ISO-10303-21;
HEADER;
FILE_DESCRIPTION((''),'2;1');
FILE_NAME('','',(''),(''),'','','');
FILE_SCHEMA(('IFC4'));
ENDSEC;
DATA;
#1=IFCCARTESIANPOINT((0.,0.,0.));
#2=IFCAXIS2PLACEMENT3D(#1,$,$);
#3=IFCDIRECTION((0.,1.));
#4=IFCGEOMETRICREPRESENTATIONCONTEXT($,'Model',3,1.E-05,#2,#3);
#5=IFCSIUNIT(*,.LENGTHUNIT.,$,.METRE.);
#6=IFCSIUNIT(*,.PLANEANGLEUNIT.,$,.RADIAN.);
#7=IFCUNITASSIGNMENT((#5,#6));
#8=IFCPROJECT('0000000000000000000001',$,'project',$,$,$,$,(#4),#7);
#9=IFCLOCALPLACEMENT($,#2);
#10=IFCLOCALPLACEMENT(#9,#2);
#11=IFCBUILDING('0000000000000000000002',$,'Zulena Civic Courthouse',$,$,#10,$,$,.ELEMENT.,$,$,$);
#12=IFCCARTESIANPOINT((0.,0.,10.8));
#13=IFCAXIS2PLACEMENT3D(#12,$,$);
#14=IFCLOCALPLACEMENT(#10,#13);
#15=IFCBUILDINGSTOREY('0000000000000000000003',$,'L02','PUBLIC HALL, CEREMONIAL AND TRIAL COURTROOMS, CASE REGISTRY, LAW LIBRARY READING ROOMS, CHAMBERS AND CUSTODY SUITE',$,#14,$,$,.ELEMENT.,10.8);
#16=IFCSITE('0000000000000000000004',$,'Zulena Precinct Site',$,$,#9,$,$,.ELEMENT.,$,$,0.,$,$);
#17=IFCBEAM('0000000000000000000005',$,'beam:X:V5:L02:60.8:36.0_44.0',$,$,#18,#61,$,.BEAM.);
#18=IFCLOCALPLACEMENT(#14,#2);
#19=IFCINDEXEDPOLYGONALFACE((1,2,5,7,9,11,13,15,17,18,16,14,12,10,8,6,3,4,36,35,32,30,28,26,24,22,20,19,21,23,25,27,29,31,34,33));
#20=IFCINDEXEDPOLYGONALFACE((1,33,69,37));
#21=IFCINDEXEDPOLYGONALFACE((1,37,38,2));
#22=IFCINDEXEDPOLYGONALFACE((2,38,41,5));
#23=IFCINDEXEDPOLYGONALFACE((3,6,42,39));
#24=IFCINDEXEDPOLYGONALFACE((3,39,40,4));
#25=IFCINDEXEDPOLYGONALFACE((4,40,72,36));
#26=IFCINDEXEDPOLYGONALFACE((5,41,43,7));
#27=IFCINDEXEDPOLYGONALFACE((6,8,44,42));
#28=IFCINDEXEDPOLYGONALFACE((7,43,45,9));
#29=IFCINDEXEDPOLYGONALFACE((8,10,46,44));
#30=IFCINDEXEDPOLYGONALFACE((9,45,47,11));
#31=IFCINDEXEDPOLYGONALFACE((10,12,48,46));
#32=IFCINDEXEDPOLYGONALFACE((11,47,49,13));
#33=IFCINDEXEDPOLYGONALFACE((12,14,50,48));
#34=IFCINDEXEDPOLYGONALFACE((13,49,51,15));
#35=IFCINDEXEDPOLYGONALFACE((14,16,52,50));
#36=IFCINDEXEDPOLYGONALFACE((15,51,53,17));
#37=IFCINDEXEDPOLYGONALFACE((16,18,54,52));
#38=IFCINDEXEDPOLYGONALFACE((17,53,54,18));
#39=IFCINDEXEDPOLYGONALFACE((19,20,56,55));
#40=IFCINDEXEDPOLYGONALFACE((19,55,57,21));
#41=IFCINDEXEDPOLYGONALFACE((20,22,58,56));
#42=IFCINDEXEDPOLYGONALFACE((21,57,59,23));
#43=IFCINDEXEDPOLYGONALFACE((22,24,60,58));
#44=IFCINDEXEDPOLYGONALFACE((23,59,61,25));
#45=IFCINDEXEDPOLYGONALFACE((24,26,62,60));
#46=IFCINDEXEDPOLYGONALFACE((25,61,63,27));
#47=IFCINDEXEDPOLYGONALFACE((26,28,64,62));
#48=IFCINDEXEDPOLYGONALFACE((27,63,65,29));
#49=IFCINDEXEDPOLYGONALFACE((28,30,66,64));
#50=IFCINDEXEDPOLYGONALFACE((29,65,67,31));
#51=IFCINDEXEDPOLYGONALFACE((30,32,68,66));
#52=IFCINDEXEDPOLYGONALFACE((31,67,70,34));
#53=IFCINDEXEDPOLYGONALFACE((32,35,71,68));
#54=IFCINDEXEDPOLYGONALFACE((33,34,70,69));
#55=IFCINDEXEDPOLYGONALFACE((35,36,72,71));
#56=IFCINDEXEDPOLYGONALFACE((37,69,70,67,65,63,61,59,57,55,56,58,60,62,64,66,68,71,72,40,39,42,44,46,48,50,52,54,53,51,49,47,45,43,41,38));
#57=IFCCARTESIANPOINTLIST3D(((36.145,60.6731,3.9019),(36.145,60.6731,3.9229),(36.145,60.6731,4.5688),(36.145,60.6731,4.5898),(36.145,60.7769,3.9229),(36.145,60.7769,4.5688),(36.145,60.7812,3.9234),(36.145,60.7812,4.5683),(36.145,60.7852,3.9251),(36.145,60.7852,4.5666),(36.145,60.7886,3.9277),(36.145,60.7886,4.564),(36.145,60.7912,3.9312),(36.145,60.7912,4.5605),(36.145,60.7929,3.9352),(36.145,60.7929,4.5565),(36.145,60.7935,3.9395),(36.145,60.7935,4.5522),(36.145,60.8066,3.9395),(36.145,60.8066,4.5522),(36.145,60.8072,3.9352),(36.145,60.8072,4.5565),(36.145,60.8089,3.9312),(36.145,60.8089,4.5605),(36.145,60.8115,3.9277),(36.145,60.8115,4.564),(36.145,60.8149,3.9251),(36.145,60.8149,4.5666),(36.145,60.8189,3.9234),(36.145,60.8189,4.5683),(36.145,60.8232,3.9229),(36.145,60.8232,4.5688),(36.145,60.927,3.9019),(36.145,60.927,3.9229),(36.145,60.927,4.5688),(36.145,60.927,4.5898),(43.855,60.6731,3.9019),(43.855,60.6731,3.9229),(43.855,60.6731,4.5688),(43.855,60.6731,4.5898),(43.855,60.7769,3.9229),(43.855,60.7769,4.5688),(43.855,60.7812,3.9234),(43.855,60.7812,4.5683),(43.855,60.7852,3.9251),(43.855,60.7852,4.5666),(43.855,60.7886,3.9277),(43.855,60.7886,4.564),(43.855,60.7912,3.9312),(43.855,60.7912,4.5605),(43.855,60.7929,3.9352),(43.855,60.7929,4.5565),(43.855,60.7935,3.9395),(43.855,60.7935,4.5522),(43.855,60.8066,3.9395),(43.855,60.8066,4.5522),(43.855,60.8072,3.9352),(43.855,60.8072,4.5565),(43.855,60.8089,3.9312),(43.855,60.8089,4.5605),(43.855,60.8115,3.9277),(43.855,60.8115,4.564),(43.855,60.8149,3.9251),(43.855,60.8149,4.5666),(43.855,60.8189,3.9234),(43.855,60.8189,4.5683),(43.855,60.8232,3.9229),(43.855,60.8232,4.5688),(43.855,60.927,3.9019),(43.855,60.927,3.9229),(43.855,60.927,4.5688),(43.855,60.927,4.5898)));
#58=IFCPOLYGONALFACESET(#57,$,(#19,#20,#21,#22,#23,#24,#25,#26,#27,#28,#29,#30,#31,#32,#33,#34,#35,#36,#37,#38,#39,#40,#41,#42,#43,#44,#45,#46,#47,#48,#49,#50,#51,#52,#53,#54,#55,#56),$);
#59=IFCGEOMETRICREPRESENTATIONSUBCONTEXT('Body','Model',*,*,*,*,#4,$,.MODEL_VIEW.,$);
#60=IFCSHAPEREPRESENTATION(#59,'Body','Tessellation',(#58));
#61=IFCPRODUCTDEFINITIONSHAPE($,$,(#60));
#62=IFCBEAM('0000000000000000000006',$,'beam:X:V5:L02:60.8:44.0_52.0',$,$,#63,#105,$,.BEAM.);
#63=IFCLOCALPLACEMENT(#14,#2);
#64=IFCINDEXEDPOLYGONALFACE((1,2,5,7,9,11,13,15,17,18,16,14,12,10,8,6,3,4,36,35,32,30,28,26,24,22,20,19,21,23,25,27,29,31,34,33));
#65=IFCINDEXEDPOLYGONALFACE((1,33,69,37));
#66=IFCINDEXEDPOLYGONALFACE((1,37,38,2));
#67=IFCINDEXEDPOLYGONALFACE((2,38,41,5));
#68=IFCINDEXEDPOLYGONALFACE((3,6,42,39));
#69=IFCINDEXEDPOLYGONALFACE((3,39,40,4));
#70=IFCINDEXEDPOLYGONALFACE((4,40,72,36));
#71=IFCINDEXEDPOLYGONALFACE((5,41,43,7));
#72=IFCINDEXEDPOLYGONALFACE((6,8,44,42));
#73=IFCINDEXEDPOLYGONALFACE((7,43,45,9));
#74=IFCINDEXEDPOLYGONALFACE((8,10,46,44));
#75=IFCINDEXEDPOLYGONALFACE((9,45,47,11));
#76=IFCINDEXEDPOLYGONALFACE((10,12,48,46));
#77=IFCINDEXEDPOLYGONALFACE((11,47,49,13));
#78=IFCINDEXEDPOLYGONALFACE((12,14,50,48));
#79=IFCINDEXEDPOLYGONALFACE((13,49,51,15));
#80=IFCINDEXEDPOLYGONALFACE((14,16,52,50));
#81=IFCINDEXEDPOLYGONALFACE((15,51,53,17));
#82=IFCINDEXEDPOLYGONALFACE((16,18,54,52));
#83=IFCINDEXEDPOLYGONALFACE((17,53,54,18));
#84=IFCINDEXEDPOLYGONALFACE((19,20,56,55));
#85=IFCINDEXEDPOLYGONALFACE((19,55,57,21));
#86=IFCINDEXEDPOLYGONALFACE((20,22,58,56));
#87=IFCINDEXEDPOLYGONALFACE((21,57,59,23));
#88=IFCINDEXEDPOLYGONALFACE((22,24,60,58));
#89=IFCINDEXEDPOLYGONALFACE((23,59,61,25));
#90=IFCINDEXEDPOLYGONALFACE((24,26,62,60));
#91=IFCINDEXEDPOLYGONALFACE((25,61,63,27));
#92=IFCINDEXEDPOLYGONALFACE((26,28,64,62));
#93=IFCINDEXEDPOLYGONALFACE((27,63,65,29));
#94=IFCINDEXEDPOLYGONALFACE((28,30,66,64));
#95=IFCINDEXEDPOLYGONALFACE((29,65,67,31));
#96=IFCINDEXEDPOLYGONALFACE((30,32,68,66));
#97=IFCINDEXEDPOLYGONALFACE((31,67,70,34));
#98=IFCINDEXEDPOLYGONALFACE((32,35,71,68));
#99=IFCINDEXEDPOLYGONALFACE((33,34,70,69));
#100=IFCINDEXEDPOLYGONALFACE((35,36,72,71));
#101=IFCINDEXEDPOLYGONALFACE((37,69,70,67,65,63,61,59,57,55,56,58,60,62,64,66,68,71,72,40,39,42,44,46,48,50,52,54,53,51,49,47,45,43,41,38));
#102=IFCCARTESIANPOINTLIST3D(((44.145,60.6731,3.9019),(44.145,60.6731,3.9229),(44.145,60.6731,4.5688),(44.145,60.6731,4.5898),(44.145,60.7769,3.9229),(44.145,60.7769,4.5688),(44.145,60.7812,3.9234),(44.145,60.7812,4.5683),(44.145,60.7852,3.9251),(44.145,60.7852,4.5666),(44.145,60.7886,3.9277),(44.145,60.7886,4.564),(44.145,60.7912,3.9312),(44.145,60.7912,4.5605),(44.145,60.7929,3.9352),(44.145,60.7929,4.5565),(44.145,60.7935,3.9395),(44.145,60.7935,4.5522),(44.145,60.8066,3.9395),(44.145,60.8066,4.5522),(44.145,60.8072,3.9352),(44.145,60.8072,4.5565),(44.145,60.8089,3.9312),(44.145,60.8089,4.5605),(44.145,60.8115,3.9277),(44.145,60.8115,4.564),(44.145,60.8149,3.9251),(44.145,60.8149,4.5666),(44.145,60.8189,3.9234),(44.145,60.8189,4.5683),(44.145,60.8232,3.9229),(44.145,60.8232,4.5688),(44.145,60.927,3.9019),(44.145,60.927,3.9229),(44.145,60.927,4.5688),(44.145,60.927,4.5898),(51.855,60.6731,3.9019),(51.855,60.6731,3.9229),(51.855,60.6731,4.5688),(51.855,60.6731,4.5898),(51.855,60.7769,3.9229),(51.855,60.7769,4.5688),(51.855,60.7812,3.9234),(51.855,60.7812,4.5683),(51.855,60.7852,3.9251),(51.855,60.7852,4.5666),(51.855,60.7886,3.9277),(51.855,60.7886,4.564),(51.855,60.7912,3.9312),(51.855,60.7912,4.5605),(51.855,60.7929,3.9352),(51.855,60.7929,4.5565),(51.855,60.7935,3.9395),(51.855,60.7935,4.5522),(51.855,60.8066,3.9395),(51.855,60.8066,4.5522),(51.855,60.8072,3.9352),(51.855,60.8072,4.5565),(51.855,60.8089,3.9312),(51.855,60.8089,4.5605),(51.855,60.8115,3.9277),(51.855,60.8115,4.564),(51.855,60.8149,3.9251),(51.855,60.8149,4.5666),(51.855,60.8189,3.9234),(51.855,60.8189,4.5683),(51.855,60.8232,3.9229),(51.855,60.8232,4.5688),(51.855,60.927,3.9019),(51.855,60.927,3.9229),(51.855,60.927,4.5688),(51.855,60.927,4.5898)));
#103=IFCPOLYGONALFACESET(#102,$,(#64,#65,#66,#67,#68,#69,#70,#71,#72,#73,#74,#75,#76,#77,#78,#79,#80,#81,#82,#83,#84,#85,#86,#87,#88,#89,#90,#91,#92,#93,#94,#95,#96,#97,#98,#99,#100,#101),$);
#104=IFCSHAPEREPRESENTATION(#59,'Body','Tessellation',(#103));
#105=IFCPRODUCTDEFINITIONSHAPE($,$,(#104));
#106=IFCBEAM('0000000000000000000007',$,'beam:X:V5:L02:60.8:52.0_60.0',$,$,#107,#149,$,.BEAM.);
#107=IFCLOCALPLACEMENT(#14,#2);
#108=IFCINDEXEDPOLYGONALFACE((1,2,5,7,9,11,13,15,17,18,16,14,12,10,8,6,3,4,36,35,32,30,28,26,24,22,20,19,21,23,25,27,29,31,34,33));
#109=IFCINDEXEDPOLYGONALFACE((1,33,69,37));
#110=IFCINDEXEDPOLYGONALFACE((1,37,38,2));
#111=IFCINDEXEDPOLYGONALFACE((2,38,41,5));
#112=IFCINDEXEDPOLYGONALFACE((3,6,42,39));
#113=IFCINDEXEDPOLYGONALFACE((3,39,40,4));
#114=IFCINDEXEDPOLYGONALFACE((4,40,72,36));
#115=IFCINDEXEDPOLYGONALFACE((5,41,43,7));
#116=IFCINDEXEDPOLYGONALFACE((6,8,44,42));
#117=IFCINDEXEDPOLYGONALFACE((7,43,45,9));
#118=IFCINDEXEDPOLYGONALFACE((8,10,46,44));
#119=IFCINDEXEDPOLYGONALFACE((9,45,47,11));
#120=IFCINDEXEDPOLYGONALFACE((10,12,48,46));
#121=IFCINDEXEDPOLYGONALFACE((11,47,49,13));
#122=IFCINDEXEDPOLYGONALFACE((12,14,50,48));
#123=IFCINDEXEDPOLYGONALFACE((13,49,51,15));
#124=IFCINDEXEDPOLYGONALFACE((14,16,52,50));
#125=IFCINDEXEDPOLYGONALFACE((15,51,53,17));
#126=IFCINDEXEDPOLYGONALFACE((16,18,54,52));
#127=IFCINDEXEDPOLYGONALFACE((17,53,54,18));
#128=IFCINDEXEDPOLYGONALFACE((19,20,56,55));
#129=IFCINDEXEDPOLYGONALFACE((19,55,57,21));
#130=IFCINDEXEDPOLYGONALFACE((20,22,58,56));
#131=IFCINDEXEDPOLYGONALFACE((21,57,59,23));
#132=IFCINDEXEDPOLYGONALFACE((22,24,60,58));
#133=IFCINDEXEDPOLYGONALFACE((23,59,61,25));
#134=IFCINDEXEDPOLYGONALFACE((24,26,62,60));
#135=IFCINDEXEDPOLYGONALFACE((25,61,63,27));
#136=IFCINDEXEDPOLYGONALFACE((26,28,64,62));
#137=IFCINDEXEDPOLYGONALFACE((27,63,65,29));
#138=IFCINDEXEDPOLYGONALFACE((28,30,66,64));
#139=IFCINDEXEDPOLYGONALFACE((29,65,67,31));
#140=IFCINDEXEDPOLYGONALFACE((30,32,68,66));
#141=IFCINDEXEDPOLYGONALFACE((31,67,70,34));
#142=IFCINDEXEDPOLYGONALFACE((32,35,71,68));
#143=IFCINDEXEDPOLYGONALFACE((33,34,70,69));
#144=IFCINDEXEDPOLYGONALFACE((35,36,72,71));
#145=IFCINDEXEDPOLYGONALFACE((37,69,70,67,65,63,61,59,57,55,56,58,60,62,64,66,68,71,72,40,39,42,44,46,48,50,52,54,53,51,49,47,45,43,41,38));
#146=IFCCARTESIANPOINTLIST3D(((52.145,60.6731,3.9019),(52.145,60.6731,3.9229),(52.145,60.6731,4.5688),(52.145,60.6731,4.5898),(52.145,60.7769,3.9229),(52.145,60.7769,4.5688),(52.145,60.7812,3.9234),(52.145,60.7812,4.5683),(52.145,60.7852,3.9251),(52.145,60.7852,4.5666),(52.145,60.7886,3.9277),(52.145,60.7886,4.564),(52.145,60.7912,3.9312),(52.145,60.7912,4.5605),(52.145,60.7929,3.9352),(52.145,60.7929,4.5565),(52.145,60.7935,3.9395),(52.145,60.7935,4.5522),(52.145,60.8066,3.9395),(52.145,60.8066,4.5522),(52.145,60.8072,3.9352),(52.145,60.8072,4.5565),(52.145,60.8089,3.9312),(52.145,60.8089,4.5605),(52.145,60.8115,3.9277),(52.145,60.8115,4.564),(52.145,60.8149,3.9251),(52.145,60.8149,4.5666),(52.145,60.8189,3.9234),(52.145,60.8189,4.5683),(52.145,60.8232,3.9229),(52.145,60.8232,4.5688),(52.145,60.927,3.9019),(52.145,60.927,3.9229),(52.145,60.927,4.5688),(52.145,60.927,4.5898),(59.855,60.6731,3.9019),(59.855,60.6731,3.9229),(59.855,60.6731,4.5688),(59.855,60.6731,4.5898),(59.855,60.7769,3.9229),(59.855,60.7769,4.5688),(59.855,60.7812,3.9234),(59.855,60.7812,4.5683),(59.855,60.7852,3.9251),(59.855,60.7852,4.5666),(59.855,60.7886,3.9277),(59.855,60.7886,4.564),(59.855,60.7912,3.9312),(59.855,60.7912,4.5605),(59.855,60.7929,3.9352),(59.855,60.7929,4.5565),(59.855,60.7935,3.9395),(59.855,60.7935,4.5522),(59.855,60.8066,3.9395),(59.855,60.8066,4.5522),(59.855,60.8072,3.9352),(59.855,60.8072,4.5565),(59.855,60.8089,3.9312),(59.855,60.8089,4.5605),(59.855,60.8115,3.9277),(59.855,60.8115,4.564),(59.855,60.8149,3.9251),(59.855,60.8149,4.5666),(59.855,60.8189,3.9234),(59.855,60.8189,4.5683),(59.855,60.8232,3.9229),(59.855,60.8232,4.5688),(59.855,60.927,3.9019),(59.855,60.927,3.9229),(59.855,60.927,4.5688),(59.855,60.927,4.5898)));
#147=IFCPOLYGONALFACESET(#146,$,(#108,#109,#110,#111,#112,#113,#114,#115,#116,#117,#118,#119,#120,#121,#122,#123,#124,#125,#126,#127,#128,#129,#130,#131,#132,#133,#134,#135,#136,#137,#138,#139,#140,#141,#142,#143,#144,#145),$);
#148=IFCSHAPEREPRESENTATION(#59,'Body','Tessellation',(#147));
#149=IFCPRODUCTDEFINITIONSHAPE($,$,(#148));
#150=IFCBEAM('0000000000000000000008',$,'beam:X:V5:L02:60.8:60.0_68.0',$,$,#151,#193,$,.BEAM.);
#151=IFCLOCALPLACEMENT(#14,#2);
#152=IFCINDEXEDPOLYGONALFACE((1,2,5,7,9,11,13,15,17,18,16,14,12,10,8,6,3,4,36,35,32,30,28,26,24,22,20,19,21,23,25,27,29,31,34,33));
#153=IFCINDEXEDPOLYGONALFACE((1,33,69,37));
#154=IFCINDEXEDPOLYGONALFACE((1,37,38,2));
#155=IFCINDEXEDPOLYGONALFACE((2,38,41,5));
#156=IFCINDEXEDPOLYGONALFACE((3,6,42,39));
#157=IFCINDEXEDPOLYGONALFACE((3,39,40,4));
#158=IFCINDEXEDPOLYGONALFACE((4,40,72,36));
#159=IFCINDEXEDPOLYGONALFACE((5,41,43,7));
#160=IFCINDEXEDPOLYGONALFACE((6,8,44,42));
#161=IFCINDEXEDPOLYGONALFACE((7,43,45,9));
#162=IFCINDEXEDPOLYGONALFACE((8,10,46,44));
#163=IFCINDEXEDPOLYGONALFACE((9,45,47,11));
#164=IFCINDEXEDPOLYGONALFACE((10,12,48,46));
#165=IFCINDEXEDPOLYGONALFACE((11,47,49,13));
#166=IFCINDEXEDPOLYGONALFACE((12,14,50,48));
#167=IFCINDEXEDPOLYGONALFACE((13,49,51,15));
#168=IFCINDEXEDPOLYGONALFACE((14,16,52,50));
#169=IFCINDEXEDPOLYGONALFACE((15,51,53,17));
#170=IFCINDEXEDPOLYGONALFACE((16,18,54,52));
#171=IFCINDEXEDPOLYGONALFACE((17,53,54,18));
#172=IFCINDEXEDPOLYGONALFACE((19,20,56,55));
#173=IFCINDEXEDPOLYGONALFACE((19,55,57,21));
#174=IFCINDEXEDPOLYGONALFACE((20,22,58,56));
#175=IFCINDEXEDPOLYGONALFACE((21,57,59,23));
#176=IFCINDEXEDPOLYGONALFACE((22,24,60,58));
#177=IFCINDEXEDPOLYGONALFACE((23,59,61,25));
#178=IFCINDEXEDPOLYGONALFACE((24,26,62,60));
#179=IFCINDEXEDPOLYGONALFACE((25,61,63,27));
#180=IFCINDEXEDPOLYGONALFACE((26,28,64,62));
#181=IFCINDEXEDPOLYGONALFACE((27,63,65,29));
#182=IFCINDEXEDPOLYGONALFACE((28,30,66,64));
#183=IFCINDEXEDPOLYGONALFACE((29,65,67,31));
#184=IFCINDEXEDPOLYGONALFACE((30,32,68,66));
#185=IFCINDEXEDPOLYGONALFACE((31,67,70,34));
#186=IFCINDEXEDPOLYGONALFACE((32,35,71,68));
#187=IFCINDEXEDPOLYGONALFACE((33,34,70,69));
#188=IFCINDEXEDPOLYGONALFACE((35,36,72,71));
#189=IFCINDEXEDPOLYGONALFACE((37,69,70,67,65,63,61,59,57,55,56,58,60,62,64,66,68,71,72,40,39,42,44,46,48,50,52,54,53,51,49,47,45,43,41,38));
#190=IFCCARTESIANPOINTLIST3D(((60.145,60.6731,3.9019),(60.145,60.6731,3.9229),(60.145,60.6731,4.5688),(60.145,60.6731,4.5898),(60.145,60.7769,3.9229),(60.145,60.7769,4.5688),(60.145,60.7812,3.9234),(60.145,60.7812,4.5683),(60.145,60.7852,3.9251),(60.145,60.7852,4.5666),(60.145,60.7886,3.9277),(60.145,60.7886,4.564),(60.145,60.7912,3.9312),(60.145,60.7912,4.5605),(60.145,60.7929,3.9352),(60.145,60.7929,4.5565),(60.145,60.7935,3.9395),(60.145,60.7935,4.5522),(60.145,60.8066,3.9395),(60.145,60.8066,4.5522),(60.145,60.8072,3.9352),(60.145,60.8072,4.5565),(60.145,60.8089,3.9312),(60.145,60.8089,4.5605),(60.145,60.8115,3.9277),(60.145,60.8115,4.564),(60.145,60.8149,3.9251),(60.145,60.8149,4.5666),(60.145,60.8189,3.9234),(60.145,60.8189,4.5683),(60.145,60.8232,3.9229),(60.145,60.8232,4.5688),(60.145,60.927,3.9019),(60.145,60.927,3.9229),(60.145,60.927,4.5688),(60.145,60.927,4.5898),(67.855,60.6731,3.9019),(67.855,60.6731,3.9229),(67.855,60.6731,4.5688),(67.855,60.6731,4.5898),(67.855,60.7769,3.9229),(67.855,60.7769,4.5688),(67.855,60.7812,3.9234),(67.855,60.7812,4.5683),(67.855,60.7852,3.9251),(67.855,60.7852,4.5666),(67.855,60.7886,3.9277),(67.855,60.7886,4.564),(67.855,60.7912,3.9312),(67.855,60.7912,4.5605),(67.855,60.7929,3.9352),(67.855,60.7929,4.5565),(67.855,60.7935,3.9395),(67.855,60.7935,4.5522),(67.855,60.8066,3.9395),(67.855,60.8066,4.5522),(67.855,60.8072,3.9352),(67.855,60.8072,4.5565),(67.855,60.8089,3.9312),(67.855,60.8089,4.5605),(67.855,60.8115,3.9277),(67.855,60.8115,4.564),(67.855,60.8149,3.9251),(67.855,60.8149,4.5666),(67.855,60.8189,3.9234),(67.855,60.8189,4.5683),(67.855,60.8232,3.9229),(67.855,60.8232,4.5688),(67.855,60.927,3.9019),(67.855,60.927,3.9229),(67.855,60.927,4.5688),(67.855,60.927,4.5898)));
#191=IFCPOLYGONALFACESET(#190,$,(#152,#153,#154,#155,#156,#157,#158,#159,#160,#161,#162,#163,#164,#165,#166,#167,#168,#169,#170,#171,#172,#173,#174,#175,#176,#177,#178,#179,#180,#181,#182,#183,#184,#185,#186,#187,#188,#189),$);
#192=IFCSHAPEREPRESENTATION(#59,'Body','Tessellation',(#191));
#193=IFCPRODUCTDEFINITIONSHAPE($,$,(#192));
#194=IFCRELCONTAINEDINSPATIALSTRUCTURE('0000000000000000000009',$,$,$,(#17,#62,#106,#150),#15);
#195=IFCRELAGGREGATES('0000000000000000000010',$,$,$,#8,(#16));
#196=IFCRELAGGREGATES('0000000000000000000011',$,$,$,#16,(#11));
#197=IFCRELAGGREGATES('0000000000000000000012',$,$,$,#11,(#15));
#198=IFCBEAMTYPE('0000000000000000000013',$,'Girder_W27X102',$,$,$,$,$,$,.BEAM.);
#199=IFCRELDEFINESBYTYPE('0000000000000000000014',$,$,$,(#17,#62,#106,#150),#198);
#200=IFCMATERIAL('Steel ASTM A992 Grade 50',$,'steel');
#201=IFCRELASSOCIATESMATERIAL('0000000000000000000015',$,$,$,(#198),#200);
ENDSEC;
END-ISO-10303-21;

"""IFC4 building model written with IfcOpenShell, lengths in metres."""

from ifc_helpers import new_model, si_unit, direction, frame, origin, origin_2d, place, context, subcontext, project, spatial, i_section, extrude, material, material_profile, profile_set, type_object, element, save


model = new_model("IFC4")

# Units and contexts
model_context = context("Model", 3, precision=1e-05, world=origin(), true_north=direction((0.0, 1.0)))
body_context = subcontext(model_context, "Body", "Model", "MODEL_VIEW")
ifc_project = project(units=[si_unit("LENGTHUNIT", "METRE"), si_unit("PLANEANGLEUNIT", "RADIAN")], contexts=[model_context])

# Site, building, storey
site_placement = place(None, origin())
site = spatial("IfcSite", under=ifc_project, at=site_placement, Name="Zulena Precinct Site", CompositionType="ELEMENT", RefElevation=0.0)
building_placement = place(site_placement, origin())
building = spatial("IfcBuilding", under=site, at=building_placement, Name="Zulena Civic Courthouse", CompositionType="ELEMENT")
storey_placement = place(building_placement, frame((0.0, 0.0, 10.8)))
storey = spatial("IfcBuildingStorey", under=building, at=storey_placement, Name="L02", Description="PUBLIC HALL, CEREMONIAL AND TRIAL COURTROOMS, CASE REGISTRY, LAW LIBRARY READING ROOMS, CHAMBERS AND CUSTODY SUITE", CompositionType="ELEMENT", Elevation=10.8)

# Shared definitions
ifc_material_1 = material(Name="Steel ASTM A992 Grade 50", Category="steel")

# Beams
ifc_material_profile_1 = material_profile(ifc_material_1, i_section(OverallWidth=0.2539, OverallDepth=0.688, WebThickness=0.0132, FlangeThickness=0.021, FilletRadius=0.0166, at=origin_2d()), Name="W27X102")
ifc_profile_set_1 = profile_set([ifc_material_profile_1], Name="Steel ASTM A992 Grade 50")
beam_type = type_object("IfcBeamType", Name="Girder_W27X102", PredefinedType="BEAM", material=ifc_profile_set_1)
for number, where, z_axis, x_axis, name in (
    (1, (36.145, 60.8, 4.2458), (1.0, 0.0, 0.0), (0.0, 1.0, 0.0), "beam:X:V5:L02:60.8:36.0_44.0"),
    (2, (44.145, 60.8, 4.2458), (1.0, 0.0, 0.0), (0.0, 1.0, 0.0), "beam:X:V5:L02:60.8:44.0_52.0"),
    (3, (52.145, 60.8, 4.2458), (1.0, 0.0, 0.0), (0.0, 1.0, 0.0), "beam:X:V5:L02:60.8:52.0_60.0"),
    (4, (60.145, 60.8, 4.2458), (1.0, 0.0, 0.0), (0.0, 1.0, 0.0), "beam:X:V5:L02:60.8:60.0_68.0"),
):
    element("IfcBeam", number, at=place(storey_placement, frame(where, z_axis=z_axis, x_axis=x_axis)), inside=storey, type_object=beam_type, Name=name, PredefinedType="BEAM", context=body_context, shape_type="SweptSolid", body=[
        extrude(i_section(OverallWidth=0.2539, OverallDepth=0.688, WebThickness=0.0132, FlangeThickness=0.021, FilletRadius=0.0166, at=origin_2d()), origin(), (0.0, 0.0, 1.0), 7.71),
    ])

save(model, "model.ifc")
